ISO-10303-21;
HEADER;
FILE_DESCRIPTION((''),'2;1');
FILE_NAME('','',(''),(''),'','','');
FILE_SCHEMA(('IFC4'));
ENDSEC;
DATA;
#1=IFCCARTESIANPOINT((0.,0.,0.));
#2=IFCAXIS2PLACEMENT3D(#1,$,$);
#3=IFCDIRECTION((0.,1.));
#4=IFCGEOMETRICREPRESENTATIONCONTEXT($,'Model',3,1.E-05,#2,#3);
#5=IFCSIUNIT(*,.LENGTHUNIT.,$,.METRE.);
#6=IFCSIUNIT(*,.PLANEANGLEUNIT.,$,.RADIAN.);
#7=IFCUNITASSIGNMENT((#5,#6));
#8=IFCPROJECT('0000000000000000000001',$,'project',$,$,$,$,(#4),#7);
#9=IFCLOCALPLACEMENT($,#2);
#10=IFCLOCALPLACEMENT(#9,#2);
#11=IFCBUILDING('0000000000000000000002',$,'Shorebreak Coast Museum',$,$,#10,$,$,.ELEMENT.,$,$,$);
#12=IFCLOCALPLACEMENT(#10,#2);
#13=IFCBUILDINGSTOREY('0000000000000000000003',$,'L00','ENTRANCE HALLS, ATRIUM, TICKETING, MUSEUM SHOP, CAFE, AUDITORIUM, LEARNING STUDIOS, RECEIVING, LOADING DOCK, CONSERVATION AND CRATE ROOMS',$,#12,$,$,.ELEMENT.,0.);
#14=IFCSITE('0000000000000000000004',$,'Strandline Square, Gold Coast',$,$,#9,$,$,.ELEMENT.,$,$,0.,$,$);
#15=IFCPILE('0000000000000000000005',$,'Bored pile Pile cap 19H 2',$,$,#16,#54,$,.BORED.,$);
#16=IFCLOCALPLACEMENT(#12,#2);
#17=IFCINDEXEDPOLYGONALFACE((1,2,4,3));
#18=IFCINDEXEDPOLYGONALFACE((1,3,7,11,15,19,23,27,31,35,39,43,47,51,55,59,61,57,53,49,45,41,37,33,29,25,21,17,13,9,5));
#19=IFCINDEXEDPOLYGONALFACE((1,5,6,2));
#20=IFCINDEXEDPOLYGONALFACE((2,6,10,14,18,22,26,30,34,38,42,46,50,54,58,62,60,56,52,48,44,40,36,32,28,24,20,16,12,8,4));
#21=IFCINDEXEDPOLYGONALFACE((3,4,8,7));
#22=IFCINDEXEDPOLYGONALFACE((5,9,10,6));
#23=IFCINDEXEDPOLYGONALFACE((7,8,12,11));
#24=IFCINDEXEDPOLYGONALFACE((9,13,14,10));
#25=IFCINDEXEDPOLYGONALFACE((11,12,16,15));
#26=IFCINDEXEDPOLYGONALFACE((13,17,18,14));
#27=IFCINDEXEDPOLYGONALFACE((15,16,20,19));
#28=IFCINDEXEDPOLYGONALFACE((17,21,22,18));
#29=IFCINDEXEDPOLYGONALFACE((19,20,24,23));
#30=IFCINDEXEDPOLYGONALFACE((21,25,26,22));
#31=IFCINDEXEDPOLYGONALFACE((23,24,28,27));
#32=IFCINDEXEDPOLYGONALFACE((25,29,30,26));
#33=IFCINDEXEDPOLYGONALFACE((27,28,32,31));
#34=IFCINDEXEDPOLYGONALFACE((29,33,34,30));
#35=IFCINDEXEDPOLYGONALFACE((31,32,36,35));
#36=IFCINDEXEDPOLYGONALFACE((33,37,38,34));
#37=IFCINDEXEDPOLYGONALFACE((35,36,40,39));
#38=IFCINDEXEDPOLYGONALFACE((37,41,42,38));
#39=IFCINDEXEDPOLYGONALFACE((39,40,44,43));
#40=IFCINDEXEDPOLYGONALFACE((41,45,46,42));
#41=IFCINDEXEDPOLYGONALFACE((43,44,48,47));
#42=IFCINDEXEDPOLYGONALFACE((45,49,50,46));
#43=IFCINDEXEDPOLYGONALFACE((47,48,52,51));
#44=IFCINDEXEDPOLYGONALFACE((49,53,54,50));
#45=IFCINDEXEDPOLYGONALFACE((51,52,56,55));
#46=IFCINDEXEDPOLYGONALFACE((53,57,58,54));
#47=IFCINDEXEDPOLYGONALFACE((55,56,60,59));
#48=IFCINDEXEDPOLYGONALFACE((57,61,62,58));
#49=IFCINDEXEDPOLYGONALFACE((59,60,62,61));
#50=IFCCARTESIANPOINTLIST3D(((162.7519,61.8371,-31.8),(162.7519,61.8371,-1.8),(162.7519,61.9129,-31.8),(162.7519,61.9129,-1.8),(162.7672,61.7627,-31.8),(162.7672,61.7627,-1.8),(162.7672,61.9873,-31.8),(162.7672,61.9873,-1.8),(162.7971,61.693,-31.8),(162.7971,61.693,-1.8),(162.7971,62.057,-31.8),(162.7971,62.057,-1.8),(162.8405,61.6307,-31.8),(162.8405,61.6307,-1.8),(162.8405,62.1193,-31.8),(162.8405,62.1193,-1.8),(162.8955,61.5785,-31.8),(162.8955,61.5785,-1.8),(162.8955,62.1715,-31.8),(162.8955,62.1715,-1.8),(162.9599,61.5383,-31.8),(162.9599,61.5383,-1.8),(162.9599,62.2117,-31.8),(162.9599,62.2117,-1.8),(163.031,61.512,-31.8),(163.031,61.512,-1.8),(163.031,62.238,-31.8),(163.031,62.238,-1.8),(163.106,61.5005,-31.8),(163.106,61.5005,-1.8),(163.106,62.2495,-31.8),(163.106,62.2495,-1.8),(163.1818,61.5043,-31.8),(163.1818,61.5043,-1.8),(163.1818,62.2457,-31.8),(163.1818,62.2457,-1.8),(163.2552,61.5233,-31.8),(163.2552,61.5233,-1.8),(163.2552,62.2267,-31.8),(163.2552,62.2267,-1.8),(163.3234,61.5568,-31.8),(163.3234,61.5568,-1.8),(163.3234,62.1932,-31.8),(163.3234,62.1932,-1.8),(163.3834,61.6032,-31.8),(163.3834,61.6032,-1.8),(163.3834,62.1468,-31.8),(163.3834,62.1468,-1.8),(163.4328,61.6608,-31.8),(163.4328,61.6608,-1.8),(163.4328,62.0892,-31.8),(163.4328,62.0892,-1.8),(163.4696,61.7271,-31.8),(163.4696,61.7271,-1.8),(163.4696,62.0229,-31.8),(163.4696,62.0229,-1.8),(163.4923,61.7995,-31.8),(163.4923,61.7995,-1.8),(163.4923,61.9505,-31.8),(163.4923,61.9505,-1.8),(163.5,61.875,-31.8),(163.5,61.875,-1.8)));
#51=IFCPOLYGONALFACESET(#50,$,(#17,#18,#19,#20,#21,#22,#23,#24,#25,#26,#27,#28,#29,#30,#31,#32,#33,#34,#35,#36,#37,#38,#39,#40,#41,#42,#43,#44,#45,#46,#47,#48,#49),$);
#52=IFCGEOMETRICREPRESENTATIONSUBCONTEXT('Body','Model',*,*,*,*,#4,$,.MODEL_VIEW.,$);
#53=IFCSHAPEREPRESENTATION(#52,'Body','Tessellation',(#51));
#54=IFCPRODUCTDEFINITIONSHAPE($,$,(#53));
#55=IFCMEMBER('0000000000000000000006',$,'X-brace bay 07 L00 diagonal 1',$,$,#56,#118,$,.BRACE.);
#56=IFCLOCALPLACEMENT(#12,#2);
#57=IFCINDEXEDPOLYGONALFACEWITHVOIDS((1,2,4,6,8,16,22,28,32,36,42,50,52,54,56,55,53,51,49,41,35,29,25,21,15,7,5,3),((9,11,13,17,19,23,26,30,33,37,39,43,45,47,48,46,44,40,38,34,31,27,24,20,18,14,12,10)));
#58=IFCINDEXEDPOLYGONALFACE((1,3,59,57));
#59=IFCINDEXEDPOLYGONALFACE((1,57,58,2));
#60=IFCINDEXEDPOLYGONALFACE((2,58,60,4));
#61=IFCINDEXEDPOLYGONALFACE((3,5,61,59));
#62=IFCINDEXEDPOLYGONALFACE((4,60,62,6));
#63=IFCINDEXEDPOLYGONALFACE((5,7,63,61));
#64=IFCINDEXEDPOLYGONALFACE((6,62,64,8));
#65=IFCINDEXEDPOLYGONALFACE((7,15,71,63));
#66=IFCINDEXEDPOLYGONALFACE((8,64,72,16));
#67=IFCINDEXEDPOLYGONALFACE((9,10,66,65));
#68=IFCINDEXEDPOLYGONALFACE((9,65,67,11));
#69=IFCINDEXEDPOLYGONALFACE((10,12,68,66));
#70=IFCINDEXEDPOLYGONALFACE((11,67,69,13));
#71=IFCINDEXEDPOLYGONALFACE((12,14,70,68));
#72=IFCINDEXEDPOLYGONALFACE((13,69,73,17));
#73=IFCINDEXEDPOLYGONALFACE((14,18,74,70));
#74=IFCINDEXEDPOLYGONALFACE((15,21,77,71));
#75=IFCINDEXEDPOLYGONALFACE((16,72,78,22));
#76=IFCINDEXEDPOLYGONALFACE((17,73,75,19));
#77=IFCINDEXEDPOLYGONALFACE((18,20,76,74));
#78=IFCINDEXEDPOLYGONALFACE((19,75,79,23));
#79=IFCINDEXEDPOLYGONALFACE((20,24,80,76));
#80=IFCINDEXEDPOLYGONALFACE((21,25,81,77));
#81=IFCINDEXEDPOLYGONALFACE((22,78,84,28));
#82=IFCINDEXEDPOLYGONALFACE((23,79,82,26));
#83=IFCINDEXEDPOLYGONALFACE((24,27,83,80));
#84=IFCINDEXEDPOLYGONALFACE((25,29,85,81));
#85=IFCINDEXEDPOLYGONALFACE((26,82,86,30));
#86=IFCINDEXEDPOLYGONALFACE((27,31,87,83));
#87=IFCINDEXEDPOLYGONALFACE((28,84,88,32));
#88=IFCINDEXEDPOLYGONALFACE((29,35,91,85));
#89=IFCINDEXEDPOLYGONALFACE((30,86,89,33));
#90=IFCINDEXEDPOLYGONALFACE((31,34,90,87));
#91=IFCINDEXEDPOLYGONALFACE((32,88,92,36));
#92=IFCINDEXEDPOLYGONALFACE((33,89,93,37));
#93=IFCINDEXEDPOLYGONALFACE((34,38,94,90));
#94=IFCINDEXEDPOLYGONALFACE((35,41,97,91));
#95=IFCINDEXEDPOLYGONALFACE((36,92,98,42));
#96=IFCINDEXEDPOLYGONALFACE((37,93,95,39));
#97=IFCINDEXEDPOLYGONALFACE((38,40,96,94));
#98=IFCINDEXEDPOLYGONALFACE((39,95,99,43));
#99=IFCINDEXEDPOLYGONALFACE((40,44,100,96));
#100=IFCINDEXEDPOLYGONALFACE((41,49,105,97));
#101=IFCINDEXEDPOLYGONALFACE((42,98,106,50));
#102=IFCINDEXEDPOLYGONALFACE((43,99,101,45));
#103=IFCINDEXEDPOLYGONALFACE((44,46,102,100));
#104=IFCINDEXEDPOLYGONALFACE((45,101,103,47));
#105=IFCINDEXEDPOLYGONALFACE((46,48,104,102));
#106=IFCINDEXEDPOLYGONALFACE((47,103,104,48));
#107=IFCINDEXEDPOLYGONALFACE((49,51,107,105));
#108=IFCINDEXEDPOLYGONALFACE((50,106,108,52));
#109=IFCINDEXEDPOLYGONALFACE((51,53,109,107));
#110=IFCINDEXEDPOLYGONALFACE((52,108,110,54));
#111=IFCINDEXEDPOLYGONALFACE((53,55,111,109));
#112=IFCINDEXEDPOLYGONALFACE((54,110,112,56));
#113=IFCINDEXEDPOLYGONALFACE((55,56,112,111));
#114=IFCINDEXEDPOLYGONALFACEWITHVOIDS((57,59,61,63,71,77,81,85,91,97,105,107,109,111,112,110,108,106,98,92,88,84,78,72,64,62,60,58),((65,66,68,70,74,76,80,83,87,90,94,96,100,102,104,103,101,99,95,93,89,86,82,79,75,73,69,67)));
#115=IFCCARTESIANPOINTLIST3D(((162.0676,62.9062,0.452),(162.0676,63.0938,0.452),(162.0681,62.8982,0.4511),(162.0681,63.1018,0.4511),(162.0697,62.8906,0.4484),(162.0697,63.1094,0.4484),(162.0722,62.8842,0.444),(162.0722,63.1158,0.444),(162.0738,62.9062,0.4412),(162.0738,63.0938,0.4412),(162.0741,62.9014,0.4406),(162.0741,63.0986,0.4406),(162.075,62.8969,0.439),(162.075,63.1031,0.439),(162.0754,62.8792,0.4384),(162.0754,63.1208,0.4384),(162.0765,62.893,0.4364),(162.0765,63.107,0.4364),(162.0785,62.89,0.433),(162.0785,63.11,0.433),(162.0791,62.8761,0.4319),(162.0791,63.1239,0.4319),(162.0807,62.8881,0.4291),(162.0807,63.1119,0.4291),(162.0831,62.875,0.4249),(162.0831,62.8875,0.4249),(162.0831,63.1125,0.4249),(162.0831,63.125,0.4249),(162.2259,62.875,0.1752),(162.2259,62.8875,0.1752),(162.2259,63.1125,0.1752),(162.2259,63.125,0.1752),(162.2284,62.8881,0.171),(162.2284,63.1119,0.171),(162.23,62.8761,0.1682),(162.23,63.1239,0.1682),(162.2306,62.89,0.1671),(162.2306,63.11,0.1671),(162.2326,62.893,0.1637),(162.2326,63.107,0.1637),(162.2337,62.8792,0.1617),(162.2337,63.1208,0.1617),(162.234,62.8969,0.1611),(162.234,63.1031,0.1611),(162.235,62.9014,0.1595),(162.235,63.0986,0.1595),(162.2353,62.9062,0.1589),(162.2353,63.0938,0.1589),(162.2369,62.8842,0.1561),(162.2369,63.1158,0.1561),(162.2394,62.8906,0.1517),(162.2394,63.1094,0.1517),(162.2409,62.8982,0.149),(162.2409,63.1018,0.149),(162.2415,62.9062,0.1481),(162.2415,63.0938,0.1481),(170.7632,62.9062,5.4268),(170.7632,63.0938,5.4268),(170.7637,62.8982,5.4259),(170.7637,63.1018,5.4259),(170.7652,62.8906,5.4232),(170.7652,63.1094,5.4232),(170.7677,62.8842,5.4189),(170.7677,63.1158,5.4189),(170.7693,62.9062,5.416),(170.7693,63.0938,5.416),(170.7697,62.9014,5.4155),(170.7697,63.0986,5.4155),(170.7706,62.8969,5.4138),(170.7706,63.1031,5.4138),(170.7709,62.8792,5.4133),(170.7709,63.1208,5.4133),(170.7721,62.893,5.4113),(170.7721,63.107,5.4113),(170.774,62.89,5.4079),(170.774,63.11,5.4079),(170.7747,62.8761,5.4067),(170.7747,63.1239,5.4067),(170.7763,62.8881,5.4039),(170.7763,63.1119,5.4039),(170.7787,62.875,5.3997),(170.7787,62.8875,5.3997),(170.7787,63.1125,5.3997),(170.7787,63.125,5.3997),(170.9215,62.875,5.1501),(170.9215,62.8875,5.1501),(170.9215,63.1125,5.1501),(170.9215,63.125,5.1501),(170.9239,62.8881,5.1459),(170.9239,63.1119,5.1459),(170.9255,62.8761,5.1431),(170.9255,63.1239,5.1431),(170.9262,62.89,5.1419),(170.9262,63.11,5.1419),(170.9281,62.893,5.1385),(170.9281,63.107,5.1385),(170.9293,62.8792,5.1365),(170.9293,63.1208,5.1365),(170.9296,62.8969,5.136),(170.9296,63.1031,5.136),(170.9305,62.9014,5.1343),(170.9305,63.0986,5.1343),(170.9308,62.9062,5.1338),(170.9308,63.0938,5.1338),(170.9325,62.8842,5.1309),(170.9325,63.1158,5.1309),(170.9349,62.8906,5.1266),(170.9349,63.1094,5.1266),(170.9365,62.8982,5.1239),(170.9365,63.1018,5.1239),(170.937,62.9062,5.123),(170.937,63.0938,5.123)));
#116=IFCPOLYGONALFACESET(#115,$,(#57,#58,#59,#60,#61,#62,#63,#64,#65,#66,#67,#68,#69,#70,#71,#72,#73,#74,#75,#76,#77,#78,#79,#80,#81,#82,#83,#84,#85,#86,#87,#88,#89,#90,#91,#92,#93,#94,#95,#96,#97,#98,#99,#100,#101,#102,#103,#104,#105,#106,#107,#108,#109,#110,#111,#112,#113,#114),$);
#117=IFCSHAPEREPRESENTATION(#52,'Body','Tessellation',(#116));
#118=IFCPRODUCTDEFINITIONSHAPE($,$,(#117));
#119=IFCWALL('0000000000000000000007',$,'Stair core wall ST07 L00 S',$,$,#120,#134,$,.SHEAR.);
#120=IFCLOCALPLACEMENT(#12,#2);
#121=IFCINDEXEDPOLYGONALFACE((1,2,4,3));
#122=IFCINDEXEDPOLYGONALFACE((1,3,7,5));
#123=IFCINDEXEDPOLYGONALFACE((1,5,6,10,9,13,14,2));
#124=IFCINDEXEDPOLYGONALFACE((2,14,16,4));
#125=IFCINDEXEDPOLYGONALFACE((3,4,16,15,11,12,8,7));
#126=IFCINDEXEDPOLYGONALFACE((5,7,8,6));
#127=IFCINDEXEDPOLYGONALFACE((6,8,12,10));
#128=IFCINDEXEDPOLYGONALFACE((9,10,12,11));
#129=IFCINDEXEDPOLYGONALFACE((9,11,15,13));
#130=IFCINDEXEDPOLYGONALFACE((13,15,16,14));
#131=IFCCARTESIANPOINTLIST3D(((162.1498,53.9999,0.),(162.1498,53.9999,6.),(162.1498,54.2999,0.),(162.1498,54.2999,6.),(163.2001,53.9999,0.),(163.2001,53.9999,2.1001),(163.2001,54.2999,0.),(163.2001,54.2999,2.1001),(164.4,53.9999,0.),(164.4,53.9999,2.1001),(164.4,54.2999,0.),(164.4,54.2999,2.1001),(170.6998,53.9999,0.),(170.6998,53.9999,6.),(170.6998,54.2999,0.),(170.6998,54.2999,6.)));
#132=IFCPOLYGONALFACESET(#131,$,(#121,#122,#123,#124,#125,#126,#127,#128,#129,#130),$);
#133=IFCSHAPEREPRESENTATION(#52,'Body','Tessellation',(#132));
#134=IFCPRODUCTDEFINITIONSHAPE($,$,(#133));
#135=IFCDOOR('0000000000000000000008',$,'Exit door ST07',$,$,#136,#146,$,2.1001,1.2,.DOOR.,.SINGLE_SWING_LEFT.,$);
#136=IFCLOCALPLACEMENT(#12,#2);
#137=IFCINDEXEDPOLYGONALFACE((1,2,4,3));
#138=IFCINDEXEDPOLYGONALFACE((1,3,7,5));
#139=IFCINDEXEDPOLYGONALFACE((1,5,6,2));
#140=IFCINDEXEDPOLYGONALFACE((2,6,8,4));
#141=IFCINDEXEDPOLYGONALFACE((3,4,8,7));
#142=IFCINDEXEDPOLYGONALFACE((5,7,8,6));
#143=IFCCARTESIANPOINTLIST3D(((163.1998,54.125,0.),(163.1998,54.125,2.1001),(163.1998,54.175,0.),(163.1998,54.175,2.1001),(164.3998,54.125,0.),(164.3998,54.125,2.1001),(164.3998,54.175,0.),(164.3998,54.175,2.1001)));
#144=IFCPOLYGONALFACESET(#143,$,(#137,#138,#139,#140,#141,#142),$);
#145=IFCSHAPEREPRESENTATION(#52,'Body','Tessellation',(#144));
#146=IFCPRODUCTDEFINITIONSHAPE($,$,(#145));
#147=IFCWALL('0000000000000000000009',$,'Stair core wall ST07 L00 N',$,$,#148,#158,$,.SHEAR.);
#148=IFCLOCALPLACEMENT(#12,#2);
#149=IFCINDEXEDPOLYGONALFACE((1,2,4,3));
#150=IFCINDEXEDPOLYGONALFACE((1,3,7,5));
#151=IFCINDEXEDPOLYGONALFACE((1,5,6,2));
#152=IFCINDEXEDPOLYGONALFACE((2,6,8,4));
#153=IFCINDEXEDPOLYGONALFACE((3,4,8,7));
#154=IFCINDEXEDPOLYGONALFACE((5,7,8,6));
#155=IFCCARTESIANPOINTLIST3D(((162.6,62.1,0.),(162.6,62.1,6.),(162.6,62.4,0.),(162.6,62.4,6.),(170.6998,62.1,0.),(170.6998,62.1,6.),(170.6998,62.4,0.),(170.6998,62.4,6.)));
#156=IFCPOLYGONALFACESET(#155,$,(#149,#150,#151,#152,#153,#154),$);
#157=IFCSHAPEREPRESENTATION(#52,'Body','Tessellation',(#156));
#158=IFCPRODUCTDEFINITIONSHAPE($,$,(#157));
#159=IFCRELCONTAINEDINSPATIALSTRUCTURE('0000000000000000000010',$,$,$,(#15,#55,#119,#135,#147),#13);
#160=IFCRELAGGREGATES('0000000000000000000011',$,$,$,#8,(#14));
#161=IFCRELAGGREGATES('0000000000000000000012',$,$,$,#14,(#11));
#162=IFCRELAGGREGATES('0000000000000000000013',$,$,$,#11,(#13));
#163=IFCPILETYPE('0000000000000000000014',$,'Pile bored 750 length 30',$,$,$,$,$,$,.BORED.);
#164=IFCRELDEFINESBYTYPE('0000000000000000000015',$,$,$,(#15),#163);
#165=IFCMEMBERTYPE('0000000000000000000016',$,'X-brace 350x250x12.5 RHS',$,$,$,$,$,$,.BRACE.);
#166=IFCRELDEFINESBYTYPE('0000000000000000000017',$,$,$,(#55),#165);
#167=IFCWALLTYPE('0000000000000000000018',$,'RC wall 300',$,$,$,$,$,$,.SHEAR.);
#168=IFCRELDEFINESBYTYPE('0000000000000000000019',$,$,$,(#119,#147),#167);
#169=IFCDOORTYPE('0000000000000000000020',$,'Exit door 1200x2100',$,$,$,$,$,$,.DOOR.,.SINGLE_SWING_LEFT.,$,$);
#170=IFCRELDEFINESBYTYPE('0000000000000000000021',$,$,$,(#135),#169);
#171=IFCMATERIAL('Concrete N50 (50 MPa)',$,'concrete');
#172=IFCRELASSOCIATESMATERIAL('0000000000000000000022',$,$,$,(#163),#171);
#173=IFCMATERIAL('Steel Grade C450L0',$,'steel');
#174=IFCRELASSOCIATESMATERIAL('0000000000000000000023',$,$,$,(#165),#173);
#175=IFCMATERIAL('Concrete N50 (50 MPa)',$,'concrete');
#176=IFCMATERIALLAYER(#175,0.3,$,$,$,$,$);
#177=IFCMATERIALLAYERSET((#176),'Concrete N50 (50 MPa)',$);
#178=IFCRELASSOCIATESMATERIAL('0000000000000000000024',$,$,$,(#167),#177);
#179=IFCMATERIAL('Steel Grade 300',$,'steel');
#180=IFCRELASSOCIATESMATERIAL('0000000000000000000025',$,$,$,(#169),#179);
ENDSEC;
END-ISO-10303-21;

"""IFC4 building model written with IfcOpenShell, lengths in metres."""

from ifc_helpers import new_model, si_unit, direction, frame, frame_2d, origin, origin_2d, place, context, subcontext, project, spatial, rectangle, hollow_rectangle, circle, extrude, material, layer, layer_set, material_profile, profile_set, type_object, element, fill, save


model = new_model("IFC4")

# Units and contexts
model_context = context("Model", 3, precision=1e-05, world=origin(), true_north=direction((0.0, 1.0)))
body_context = subcontext(model_context, "Body", "Model", "MODEL_VIEW")
ifc_project = project(units=[si_unit("LENGTHUNIT", "METRE"), si_unit("PLANEANGLEUNIT", "RADIAN")], contexts=[model_context])

# Site, building, storey
site_placement = place(None, origin())
site = spatial("IfcSite", under=ifc_project, at=site_placement, Name="Strandline Square, Gold Coast", CompositionType="ELEMENT", RefElevation=0.0)
building_placement = place(site_placement, origin())
building = spatial("IfcBuilding", under=site, at=building_placement, Name="Shorebreak Coast Museum", CompositionType="ELEMENT")
storey_placement = place(building_placement, origin())
storey = spatial("IfcBuildingStorey", under=building, at=storey_placement, Name="L00", Description="ENTRANCE HALLS, ATRIUM, TICKETING, MUSEUM SHOP, CAFE, AUDITORIUM, LEARNING STUDIOS, RECEIVING, LOADING DOCK, CONSERVATION AND CRATE ROOMS", CompositionType="ELEMENT", Elevation=0.0)

# Pile
ifc_material_1 = material(Name="Concrete N50 (50 MPa)", Category="concrete")
ifc_material_profile_1 = material_profile(ifc_material_1, circle(Radius=0.375, at=origin_2d()), Name="Pile bored 750 length 30")
ifc_profile_set_1 = profile_set([ifc_material_profile_1], Name="Concrete N50 (50 MPa)")
pile_type_1 = type_object("IfcPileType", Name="Pile bored 750 length 30", PredefinedType="BORED", material=ifc_profile_set_1)
for number, where, z_axis, x_axis, name in (
    (1, (163.125, 61.875, -1.8), (0.0, 0.0, -1.0), (1.0, 0.0, 0.0), "Bored pile Pile cap 19H 2"),
):
    element("IfcPile", number, at=place(storey_placement, frame(where, z_axis=z_axis, x_axis=x_axis)), inside=storey, type_object=pile_type_1, Name=name, PredefinedType="BORED", context=body_context, shape_type="SweptSolid", body=[
        extrude(circle(Radius=0.375, at=origin_2d()), origin(), (0.0, 0.0, 1.0), 30.0),
    ])

# Member
ifc_material_2 = material(Name="Steel Grade C450L0", Category="steel")
ifc_material_profile_2 = material_profile(ifc_material_2, hollow_rectangle(XDim=0.25, YDim=0.3501, WallThickness=0.0125, InnerFilletRadius=0.0188, OuterFilletRadius=0.0312, at=origin_2d()), Name="350x250x12.5 RHS")
ifc_profile_set_2 = profile_set([ifc_material_profile_2], Name="Steel Grade C450L0")
member_type = type_object("IfcMemberType", Name="X-brace 350x250x12.5 RHS", PredefinedType="BRACE", material=ifc_profile_set_2)
member_placement = place(storey_placement, frame((162.1545, 63.0, 0.3), z_axis=(0.867987, 0.0, 0.496588), x_axis=(0.0, 1.0, 0.0)))
element("IfcMember", 2, at=member_placement, inside=storey, type_object=member_type, Name="X-brace bay 07 L00 diagonal 1", PredefinedType="BRACE", context=body_context, shape_type="SweptSolid", body=[
    extrude(hollow_rectangle(XDim=0.25, YDim=0.3501, WallThickness=0.0125, InnerFilletRadius=0.0188, OuterFilletRadius=0.0312, at=origin_2d()), origin(), (0.0, 0.0, 1.0), 10.0181),
])

# Wall, opening, door
ifc_material_3 = material(Name="Concrete N50 (50 MPa)", Category="concrete")
ifc_layer_1 = layer(ifc_material_3, 0.3)
ifc_layer_set_1 = layer_set([ifc_layer_1], Name="Concrete N50 (50 MPa)")
wall_type_1 = type_object("IfcWallType", Name="RC wall 300", PredefinedType="SHEAR", material=ifc_layer_set_1)
wall_1_placement = place(storey_placement, frame((162.1499, 54.1499, 0.0), z_axis=(0.0, 0.0, 1.0), x_axis=(1.0, 0.0, 0.0)))
wall_1 = element("IfcWall", 3, at=wall_1_placement, inside=storey, type_object=wall_type_1, Name="Stair core wall ST07 L00 S", PredefinedType="SHEAR", context=body_context, shape_type="SweptSolid", body=[
    extrude(rectangle(XDim=8.55, YDim=0.3, at=frame_2d((4.2749, 0.0))), origin(), (0.0, 0.0, 1.0), 6.0),
])
opening_1_placement = place(wall_1_placement, frame((1.05, 0.0, 0.0)))
opening_1 = element("IfcOpeningElement", 4, at=opening_1_placement, cuts=wall_1, PredefinedType="OPENING", context=body_context, shape_type="SweptSolid", body=[
    extrude(rectangle(XDim=1.2, YDim=2.1001, at=frame_2d((0.6001, 1.05))), frame((0.0, 0.1599, 0.0), z_axis=(0.0, -1.0, 0.0), x_axis=(1.0, 0.0, 0.0)), (0.0, 0.0, 1.0), 0.3201),
])
ifc_material_4 = material(Name="Steel Grade 300", Category="steel")
door_type_1 = type_object("IfcDoorType", Name="Exit door 1200x2100", OperationType="SINGLE_SWING_LEFT", PredefinedType="DOOR", material=ifc_material_4)
door_1_placement = place(opening_1_placement, frame((1.2, 0.0, 0.0), z_axis=(0.0, 0.0, 1.0), x_axis=(-1.0, 0.0, 0.0)))
door_1 = element("IfcDoor", 5, at=door_1_placement, inside=storey, type_object=door_type_1, Name="Exit door ST07", OperationType="SINGLE_SWING_LEFT", OverallHeight=2.1001, OverallWidth=1.2, PredefinedType="DOOR", context=body_context, shape_type="SweptSolid", body=[
    extrude(rectangle(XDim=1.2, YDim=2.1001, at=frame_2d((0.6001, 1.05))), frame((0.0, 0.0249, 0.0), z_axis=(0.0, -1.0, 0.0), x_axis=(1.0, 0.0, 0.0)), (0.0, 0.0, 1.0), 0.05),
])
fill(opening_1, door_1)

# Wall
wall_2_placement = place(storey_placement, frame((162.6001, 62.25, 0.0), z_axis=(0.0, 0.0, 1.0), x_axis=(1.0, 0.0, 0.0)))
element("IfcWall", 6, at=wall_2_placement, inside=storey, type_object=wall_type_1, Name="Stair core wall ST07 L00 N", PredefinedType="SHEAR", context=body_context, shape_type="SweptSolid", body=[
    extrude(rectangle(XDim=8.0999, YDim=0.3, at=frame_2d((4.0498, 0.0))), origin(), (0.0, 0.0, 1.0), 6.0),
])

save(model, "model.ifc")
